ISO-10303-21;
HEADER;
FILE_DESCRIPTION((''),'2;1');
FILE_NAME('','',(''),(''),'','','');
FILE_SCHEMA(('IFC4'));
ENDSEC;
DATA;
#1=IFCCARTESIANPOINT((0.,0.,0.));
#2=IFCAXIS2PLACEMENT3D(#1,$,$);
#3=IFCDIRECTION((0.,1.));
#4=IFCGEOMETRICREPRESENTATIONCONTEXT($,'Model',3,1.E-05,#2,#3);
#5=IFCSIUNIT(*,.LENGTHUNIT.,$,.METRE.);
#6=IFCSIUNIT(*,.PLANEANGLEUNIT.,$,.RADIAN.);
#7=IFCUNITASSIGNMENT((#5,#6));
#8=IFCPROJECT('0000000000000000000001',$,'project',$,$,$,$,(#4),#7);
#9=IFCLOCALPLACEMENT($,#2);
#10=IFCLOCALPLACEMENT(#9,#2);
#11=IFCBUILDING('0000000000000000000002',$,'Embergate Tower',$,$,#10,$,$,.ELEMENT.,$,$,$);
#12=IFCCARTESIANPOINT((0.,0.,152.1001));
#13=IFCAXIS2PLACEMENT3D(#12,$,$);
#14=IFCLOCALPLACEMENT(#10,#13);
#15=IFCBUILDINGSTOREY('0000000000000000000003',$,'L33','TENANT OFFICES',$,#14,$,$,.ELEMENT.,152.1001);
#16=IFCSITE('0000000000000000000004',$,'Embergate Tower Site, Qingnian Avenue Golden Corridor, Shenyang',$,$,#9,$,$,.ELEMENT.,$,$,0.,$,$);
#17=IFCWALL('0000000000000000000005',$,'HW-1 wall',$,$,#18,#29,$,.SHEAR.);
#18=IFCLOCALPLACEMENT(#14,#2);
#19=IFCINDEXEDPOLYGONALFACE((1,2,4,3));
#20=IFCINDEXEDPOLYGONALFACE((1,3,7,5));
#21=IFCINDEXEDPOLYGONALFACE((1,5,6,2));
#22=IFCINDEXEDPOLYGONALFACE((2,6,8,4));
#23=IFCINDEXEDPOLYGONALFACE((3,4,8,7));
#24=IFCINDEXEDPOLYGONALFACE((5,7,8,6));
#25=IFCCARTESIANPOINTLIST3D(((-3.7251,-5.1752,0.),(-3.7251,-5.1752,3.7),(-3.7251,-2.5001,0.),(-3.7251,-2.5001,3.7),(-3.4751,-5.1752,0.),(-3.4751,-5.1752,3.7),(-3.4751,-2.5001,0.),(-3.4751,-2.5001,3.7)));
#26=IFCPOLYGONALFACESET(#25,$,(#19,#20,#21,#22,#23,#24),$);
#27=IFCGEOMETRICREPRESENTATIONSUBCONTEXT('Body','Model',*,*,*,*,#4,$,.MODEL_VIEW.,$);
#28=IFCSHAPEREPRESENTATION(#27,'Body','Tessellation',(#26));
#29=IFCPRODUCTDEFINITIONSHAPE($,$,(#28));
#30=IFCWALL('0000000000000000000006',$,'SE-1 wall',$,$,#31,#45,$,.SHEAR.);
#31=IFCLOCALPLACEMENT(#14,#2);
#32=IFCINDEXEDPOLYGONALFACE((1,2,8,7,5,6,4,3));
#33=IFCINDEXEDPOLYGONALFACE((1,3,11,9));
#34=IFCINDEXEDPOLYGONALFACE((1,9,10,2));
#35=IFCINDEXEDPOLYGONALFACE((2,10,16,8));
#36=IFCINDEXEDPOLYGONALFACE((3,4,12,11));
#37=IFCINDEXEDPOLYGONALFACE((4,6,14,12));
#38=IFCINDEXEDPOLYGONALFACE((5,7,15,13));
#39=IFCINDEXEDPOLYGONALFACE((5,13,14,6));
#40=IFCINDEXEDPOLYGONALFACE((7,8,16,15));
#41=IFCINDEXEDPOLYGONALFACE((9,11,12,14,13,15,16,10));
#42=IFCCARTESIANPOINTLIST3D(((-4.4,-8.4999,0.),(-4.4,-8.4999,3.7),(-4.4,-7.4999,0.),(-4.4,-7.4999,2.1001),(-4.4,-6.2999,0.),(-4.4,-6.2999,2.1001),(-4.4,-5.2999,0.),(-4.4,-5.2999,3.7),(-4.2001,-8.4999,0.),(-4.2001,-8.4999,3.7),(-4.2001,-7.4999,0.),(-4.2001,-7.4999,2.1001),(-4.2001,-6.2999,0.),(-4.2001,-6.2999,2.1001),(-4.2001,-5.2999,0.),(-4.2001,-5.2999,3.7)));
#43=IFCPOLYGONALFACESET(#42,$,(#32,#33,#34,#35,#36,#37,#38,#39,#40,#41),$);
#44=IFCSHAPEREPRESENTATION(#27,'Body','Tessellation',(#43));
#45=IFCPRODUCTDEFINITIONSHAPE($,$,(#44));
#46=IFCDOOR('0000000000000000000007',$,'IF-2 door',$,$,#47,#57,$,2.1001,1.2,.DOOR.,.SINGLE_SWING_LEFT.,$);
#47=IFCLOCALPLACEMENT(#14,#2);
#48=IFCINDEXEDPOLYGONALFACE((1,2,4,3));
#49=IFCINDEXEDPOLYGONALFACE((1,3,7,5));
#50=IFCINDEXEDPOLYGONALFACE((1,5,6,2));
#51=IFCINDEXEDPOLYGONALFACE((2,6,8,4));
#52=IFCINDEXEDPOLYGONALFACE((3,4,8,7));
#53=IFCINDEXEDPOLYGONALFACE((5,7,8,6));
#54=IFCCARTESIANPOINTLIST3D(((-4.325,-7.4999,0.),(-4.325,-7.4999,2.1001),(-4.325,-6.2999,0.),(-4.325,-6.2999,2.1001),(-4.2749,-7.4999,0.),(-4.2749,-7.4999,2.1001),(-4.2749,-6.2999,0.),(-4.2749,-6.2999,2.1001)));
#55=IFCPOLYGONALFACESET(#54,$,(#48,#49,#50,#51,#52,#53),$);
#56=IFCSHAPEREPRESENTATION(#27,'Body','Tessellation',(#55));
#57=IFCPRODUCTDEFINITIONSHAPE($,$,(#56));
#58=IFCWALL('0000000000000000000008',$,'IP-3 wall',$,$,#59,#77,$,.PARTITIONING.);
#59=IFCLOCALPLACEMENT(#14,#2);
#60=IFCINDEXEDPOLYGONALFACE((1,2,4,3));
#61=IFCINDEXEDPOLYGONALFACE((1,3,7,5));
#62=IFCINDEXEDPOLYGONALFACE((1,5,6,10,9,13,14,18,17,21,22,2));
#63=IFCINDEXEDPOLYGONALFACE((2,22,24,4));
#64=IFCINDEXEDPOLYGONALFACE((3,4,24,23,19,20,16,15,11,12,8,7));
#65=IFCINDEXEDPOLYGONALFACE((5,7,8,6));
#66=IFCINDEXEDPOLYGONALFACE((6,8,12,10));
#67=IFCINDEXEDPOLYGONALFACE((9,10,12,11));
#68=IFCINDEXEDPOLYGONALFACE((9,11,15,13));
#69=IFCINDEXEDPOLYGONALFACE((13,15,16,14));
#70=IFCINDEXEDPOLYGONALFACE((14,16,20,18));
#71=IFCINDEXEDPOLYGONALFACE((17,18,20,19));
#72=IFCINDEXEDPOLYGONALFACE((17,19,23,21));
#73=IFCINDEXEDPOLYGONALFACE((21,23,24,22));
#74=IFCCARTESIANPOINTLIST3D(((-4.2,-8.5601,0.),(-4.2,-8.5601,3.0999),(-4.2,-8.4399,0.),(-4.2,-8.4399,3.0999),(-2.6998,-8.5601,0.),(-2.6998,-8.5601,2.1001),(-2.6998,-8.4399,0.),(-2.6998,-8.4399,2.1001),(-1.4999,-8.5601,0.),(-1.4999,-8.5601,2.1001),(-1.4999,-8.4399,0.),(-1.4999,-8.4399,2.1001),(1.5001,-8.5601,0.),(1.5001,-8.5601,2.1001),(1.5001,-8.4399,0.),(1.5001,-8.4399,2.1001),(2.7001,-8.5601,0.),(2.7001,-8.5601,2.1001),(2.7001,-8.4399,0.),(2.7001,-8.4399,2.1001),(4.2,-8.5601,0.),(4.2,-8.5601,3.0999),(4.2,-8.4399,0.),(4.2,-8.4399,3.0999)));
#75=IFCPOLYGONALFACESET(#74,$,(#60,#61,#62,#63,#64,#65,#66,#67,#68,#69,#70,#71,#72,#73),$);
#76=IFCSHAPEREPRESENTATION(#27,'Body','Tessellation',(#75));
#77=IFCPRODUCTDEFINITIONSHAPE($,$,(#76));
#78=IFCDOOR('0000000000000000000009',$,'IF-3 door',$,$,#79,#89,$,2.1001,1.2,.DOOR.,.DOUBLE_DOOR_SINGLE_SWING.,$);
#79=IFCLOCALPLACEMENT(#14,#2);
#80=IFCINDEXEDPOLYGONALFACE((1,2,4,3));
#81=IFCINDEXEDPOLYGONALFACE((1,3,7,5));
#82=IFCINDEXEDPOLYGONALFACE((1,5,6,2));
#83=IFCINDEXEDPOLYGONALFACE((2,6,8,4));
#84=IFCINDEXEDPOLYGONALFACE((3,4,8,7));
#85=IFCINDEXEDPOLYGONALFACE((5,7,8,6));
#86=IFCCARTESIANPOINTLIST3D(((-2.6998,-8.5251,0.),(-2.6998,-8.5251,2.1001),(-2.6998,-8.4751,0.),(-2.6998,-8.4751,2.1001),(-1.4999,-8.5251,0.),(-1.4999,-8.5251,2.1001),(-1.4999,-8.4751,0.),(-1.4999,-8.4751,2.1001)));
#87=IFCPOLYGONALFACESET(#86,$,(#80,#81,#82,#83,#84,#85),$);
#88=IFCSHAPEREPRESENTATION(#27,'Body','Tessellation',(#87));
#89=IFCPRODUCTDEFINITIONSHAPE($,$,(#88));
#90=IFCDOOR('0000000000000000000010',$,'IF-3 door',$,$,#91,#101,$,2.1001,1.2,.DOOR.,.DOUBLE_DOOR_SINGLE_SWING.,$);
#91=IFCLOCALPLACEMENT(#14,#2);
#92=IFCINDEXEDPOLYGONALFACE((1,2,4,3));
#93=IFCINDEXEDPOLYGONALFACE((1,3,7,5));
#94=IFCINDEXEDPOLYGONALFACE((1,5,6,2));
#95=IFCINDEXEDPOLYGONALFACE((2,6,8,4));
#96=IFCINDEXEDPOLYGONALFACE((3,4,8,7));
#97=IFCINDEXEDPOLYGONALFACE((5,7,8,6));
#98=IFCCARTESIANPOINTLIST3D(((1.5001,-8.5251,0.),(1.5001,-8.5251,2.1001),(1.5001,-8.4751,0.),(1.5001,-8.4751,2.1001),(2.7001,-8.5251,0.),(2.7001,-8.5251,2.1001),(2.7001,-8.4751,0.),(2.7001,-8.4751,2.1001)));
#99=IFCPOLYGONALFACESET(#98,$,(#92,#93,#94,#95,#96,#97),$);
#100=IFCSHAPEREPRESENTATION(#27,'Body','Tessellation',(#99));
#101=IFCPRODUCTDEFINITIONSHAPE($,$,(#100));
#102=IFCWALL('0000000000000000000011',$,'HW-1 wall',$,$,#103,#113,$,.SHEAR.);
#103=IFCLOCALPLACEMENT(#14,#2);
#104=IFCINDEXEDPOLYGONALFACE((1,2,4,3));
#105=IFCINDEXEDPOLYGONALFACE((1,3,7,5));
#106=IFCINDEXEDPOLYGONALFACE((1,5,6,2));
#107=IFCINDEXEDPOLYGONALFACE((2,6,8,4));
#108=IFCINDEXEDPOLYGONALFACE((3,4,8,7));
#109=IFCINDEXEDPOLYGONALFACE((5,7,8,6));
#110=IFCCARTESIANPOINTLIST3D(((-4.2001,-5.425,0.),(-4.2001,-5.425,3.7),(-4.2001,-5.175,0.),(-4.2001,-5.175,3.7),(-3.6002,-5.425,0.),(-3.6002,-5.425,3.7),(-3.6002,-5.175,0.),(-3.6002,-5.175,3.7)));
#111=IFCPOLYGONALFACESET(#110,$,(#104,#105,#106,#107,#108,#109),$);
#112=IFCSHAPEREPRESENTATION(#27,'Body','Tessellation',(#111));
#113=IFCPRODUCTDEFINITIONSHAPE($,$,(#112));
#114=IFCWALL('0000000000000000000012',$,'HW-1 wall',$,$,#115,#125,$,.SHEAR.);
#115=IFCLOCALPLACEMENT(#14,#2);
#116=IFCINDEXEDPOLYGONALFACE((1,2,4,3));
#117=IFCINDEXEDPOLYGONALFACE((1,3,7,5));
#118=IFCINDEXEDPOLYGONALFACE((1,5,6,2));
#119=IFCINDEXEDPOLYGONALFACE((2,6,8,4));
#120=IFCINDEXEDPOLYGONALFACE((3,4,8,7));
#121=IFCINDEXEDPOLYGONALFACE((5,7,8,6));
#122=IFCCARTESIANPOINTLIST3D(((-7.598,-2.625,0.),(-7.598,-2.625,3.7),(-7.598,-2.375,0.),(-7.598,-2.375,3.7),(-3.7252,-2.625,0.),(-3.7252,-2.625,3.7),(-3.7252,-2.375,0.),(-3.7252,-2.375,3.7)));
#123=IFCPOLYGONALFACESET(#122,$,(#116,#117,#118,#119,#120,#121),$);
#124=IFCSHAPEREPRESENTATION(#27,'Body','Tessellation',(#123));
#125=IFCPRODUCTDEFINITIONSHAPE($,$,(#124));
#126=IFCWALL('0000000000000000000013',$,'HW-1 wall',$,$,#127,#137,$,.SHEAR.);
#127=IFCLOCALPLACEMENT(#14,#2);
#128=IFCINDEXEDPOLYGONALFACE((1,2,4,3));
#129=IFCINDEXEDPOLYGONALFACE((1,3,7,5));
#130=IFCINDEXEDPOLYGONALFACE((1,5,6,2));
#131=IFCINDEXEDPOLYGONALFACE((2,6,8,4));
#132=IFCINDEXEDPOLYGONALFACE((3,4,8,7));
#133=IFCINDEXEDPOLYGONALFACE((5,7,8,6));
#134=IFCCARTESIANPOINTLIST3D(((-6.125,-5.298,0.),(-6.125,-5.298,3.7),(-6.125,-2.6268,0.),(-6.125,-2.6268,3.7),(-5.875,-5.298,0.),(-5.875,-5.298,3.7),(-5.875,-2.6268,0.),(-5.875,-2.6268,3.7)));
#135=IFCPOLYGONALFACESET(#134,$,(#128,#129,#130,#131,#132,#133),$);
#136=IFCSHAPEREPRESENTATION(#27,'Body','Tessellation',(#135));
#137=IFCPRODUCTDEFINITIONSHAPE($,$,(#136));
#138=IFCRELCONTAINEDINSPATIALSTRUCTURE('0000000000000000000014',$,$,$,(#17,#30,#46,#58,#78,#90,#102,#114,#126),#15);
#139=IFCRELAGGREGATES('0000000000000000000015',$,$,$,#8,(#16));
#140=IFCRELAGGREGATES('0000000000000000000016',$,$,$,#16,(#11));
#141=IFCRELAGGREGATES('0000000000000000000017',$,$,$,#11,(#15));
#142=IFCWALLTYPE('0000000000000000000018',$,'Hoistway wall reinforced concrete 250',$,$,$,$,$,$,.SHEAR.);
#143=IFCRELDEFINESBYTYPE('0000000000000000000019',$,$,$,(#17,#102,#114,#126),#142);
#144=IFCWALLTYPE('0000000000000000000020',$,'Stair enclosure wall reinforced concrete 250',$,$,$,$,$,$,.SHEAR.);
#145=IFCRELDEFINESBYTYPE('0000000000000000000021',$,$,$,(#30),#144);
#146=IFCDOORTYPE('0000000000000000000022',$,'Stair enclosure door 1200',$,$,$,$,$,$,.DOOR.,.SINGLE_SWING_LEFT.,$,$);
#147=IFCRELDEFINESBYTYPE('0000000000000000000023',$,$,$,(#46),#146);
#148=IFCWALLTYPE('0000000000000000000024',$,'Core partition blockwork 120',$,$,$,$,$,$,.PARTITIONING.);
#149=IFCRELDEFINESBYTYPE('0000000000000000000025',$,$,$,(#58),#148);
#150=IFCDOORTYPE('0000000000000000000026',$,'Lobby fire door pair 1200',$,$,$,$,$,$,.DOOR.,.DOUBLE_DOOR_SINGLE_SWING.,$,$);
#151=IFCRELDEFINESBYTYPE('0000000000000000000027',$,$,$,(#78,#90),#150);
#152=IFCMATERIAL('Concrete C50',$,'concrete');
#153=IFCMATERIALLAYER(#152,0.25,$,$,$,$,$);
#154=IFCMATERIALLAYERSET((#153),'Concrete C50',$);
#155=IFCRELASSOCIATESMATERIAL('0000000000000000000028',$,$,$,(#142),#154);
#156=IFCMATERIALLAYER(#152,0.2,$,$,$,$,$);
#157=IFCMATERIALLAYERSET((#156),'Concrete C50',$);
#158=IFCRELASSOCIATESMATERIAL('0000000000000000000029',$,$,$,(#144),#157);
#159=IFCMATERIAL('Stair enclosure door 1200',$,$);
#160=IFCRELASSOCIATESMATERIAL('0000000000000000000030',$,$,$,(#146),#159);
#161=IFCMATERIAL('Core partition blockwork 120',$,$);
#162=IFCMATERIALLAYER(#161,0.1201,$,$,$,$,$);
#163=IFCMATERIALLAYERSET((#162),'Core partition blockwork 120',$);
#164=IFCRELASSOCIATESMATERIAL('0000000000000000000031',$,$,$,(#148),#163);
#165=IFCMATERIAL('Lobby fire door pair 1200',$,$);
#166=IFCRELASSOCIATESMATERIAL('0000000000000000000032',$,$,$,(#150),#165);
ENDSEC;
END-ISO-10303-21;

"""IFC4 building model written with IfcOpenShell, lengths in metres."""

from ifc_helpers import new_model, si_unit, direction, frame, frame_2d, origin, place, context, subcontext, project, spatial, rectangle, extrude, source, transform, mapped, material, layer, layer_set, type_object, element, fill, save


model = new_model("IFC4")

# Units and contexts
model_context = context("Model", 3, precision=1e-05, world=origin(), true_north=direction((0.0, 1.0)))
body_context = subcontext(model_context, "Body", "Model", "MODEL_VIEW")
ifc_project = project(units=[si_unit("LENGTHUNIT", "METRE"), si_unit("PLANEANGLEUNIT", "RADIAN")], contexts=[model_context])

# Site, building, storey
site_placement = place(None, origin())
site = spatial("IfcSite", under=ifc_project, at=site_placement, Name="Embergate Tower Site, Qingnian Avenue Golden Corridor, Shenyang", CompositionType="ELEMENT", RefElevation=0.0)
building_placement = place(site_placement, origin())
building = spatial("IfcBuilding", under=site, at=building_placement, Name="Embergate Tower", CompositionType="ELEMENT")
storey_placement = place(building_placement, frame((0.0, 0.0, 152.1001)))
storey = spatial("IfcBuildingStorey", under=building, at=storey_placement, Name="L33", Description="TENANT OFFICES", CompositionType="ELEMENT", Elevation=152.1001)

# Wall
ifc_material_1 = material(Name="Concrete C50", Category="concrete")
ifc_layer_1 = layer(ifc_material_1, 0.25)
ifc_layer_set_1 = layer_set([ifc_layer_1], Name="Concrete C50")
wall_type_1 = type_object("IfcWallType", Name="Hoistway wall reinforced concrete 250", PredefinedType="SHEAR", material=ifc_layer_set_1)
shared_shape_1 = source(origin(), body_context, "Body", "SweptSolid", [
    extrude(rectangle(XDim=2.675, YDim=0.25, at=frame_2d((1.3374, 0.0))), origin(), (0.0, 0.0, 1.0), 3.7),
])
wall_1_placement = place(storey_placement, frame((-3.6001, -5.175, 0.0), z_axis=(0.0, 0.0, 1.0), x_axis=(0.0, 1.0, 0.0)))
element("IfcWall", 1, at=wall_1_placement, inside=storey, type_object=wall_type_1, Name="HW-1 wall", PredefinedType="SHEAR", context=body_context, shape_type="MappedRepresentation", body=[
    mapped(shared_shape_1, transform((0.0, 0.0, 0.0))),
])

# Wall, opening, door
ifc_layer_2 = layer(ifc_material_1, 0.2)
ifc_layer_set_2 = layer_set([ifc_layer_2], Name="Concrete C50")
wall_type_2 = type_object("IfcWallType", Name="Stair enclosure wall reinforced concrete 250", PredefinedType="SHEAR", material=ifc_layer_set_2)
shared_shape_2 = source(origin(), body_context, "Body", "SweptSolid", [
    extrude(rectangle(XDim=3.2, YDim=0.2, at=frame_2d((1.6001, 0.0))), origin(), (0.0, 0.0, 1.0), 3.7),
])
wall_2_placement = place(storey_placement, frame((-4.3, -8.5, 0.0), z_axis=(0.0, 0.0, 1.0), x_axis=(0.0, 1.0, 0.0)))
wall_2 = element("IfcWall", 2, at=wall_2_placement, inside=storey, type_object=wall_type_2, Name="SE-1 wall", PredefinedType="SHEAR", context=body_context, shape_type="MappedRepresentation", body=[
    mapped(shared_shape_2, transform((0.0, 0.0, 0.0))),
])
shared_shape_3 = source(origin(), body_context, "Body", "SweptSolid", [
    extrude(rectangle(XDim=1.2, YDim=2.1001, at=frame_2d((0.6001, 1.05))), frame((0.0, 0.1099, 0.0), z_axis=(0.0, -1.0, 0.0), x_axis=(1.0, 0.0, 0.0)), (0.0, 0.0, 1.0), 0.22),
])
opening_1_placement = place(wall_2_placement, frame((1.0, 0.0, 0.0)))
opening_1 = element("IfcOpeningElement", 3, at=opening_1_placement, cuts=wall_2, PredefinedType="OPENING", context=body_context, shape_type="MappedRepresentation", body=[
    mapped(shared_shape_3, transform((0.0, 0.0, 0.0))),
])
ifc_material_2 = material(Name="Stair enclosure door 1200")
door_type_1 = type_object("IfcDoorType", Name="Stair enclosure door 1200", OperationType="SINGLE_SWING_LEFT", PredefinedType="DOOR", material=ifc_material_2)
shared_shape_4 = source(origin(), body_context, "Body", "SweptSolid", [
    extrude(rectangle(XDim=1.2, YDim=2.1001, at=frame_2d((0.6001, 1.05))), frame((0.0, 0.0249, 0.0), z_axis=(0.0, -1.0, 0.0), x_axis=(1.0, 0.0, 0.0)), (0.0, 0.0, 1.0), 0.05),
])
door_1_placement = place(opening_1_placement, origin())
door_1 = element("IfcDoor", 4, at=door_1_placement, inside=storey, type_object=door_type_1, Name="IF-2 door", OperationType="SINGLE_SWING_LEFT", OverallHeight=2.1001, OverallWidth=1.2, PredefinedType="DOOR", context=body_context, shape_type="MappedRepresentation", body=[
    mapped(shared_shape_4, transform((0.0, 0.0, 0.0))),
])
fill(opening_1, door_1)

# Wall, openings, doors
ifc_material_3 = material(Name="Core partition blockwork 120")
ifc_layer_3 = layer(ifc_material_3, 0.1201)
ifc_layer_set_3 = layer_set([ifc_layer_3], Name="Core partition blockwork 120")
wall_type_3 = type_object("IfcWallType", Name="Core partition blockwork 120", PredefinedType="PARTITIONING", material=ifc_layer_set_3)
shared_shape_5 = source(origin(), body_context, "Body", "SweptSolid", [
    extrude(rectangle(XDim=8.3999, YDim=0.1201, at=frame_2d((4.2, 0.0))), origin(), (0.0, 0.0, 1.0), 3.0999),
])
wall_3_placement = place(storey_placement, frame((-4.2, -8.5, 0.0), z_axis=(0.0, 0.0, 1.0), x_axis=(1.0, 0.0, 0.0)))
wall_3 = element("IfcWall", 5, at=wall_3_placement, inside=storey, type_object=wall_type_3, Name="IP-3 wall", PredefinedType="PARTITIONING", context=body_context, shape_type="MappedRepresentation", body=[
    mapped(shared_shape_5, transform((0.0, 0.0, 0.0))),
])
shared_shape_6 = source(origin(), body_context, "Body", "SweptSolid", [
    extrude(rectangle(XDim=1.2, YDim=2.1001, at=frame_2d((0.6001, 1.05))), frame((0.0, 0.0701, 0.0), z_axis=(0.0, -1.0, 0.0), x_axis=(1.0, 0.0, 0.0)), (0.0, 0.0, 1.0), 0.1401),
])
opening_2_placement = place(wall_3_placement, frame((1.5, 0.0, 0.0)))
opening_2 = element("IfcOpeningElement", 6, at=opening_2_placement, cuts=wall_3, PredefinedType="OPENING", context=body_context, shape_type="MappedRepresentation", body=[
    mapped(shared_shape_6, transform((0.0, 0.0, 0.0))),
])
opening_3_placement = place(wall_3_placement, frame((5.7, 0.0, 0.0)))
opening_3 = element("IfcOpeningElement", 7, at=opening_3_placement, cuts=wall_3, PredefinedType="OPENING", context=body_context, shape_type="MappedRepresentation", body=[
    mapped(shared_shape_6, transform((0.0, 0.0, 0.0))),
])
ifc_material_4 = material(Name="Lobby fire door pair 1200")
door_type_2 = type_object("IfcDoorType", Name="Lobby fire door pair 1200", OperationType="DOUBLE_DOOR_SINGLE_SWING", PredefinedType="DOOR", material=ifc_material_4)
door_2_placement = place(opening_2_placement, origin())
door_2 = element("IfcDoor", 8, at=door_2_placement, inside=storey, type_object=door_type_2, Name="IF-3 door", OperationType="DOUBLE_DOOR_SINGLE_SWING", OverallHeight=2.1001, OverallWidth=1.2, PredefinedType="DOOR", context=body_context, shape_type="MappedRepresentation", body=[
    mapped(shared_shape_4, transform((0.0, 0.0, 0.0))),
])
fill(opening_2, door_2)
door_3_placement = place(opening_3_placement, origin())
door_3 = element("IfcDoor", 9, at=door_3_placement, inside=storey, type_object=door_type_2, Name="IF-3 door", OperationType="DOUBLE_DOOR_SINGLE_SWING", OverallHeight=2.1001, OverallWidth=1.2, PredefinedType="DOOR", context=body_context, shape_type="MappedRepresentation", body=[
    mapped(shared_shape_4, transform((0.0, 0.0, 0.0))),
])
fill(opening_3, door_3)

# Walls
shared_shape_7 = source(origin(), body_context, "Body", "SweptSolid", [
    extrude(rectangle(XDim=0.5999, YDim=0.25, at=frame_2d((0.2998, 0.0))), origin(), (0.0, 0.0, 1.0), 3.7),
])
wall_4_placement = place(storey_placement, frame((-4.2, -5.3, 0.0), z_axis=(0.0, 0.0, 1.0), x_axis=(1.0, 0.0, 0.0)))
element("IfcWall", 10, at=wall_4_placement, inside=storey, type_object=wall_type_1, Name="HW-1 wall", PredefinedType="SHEAR", context=body_context, shape_type="MappedRepresentation", body=[
    mapped(shared_shape_7, transform((0.0, 0.0, 0.0))),
])
shared_shape_8 = source(origin(), body_context, "Body", "SweptSolid", [
    extrude(rectangle(XDim=3.8728, YDim=0.25, at=frame_2d((1.9365, 0.0))), origin(), (0.0, 0.0, 1.0), 3.7),
])
wall_5_placement = place(storey_placement, frame((-3.7251, -2.5, 0.0), z_axis=(0.0, 0.0, 1.0), x_axis=(-1.0, 0.0, 0.0)))
element("IfcWall", 11, at=wall_5_placement, inside=storey, type_object=wall_type_1, Name="HW-1 wall", PredefinedType="SHEAR", context=body_context, shape_type="MappedRepresentation", body=[
    mapped(shared_shape_8, transform((0.0, 0.0, 0.0))),
])
shared_shape_9 = source(origin(), body_context, "Body", "SweptSolid", [
    extrude(rectangle(XDim=2.6711, YDim=0.25, at=frame_2d((1.3354, 0.0))), origin(), (0.0, 0.0, 1.0), 3.7),
])
wall_6_placement = place(storey_placement, frame((-6.0, -2.627, 0.0), z_axis=(0.0, 0.0, 1.0), x_axis=(0.0, -1.0, 0.0)))
element("IfcWall", 12, at=wall_6_placement, inside=storey, type_object=wall_type_1, Name="HW-1 wall", PredefinedType="SHEAR", context=body_context, shape_type="MappedRepresentation", body=[
    mapped(shared_shape_9, transform((0.0, 0.0, 0.0))),
])

save(model, "model.ifc")
